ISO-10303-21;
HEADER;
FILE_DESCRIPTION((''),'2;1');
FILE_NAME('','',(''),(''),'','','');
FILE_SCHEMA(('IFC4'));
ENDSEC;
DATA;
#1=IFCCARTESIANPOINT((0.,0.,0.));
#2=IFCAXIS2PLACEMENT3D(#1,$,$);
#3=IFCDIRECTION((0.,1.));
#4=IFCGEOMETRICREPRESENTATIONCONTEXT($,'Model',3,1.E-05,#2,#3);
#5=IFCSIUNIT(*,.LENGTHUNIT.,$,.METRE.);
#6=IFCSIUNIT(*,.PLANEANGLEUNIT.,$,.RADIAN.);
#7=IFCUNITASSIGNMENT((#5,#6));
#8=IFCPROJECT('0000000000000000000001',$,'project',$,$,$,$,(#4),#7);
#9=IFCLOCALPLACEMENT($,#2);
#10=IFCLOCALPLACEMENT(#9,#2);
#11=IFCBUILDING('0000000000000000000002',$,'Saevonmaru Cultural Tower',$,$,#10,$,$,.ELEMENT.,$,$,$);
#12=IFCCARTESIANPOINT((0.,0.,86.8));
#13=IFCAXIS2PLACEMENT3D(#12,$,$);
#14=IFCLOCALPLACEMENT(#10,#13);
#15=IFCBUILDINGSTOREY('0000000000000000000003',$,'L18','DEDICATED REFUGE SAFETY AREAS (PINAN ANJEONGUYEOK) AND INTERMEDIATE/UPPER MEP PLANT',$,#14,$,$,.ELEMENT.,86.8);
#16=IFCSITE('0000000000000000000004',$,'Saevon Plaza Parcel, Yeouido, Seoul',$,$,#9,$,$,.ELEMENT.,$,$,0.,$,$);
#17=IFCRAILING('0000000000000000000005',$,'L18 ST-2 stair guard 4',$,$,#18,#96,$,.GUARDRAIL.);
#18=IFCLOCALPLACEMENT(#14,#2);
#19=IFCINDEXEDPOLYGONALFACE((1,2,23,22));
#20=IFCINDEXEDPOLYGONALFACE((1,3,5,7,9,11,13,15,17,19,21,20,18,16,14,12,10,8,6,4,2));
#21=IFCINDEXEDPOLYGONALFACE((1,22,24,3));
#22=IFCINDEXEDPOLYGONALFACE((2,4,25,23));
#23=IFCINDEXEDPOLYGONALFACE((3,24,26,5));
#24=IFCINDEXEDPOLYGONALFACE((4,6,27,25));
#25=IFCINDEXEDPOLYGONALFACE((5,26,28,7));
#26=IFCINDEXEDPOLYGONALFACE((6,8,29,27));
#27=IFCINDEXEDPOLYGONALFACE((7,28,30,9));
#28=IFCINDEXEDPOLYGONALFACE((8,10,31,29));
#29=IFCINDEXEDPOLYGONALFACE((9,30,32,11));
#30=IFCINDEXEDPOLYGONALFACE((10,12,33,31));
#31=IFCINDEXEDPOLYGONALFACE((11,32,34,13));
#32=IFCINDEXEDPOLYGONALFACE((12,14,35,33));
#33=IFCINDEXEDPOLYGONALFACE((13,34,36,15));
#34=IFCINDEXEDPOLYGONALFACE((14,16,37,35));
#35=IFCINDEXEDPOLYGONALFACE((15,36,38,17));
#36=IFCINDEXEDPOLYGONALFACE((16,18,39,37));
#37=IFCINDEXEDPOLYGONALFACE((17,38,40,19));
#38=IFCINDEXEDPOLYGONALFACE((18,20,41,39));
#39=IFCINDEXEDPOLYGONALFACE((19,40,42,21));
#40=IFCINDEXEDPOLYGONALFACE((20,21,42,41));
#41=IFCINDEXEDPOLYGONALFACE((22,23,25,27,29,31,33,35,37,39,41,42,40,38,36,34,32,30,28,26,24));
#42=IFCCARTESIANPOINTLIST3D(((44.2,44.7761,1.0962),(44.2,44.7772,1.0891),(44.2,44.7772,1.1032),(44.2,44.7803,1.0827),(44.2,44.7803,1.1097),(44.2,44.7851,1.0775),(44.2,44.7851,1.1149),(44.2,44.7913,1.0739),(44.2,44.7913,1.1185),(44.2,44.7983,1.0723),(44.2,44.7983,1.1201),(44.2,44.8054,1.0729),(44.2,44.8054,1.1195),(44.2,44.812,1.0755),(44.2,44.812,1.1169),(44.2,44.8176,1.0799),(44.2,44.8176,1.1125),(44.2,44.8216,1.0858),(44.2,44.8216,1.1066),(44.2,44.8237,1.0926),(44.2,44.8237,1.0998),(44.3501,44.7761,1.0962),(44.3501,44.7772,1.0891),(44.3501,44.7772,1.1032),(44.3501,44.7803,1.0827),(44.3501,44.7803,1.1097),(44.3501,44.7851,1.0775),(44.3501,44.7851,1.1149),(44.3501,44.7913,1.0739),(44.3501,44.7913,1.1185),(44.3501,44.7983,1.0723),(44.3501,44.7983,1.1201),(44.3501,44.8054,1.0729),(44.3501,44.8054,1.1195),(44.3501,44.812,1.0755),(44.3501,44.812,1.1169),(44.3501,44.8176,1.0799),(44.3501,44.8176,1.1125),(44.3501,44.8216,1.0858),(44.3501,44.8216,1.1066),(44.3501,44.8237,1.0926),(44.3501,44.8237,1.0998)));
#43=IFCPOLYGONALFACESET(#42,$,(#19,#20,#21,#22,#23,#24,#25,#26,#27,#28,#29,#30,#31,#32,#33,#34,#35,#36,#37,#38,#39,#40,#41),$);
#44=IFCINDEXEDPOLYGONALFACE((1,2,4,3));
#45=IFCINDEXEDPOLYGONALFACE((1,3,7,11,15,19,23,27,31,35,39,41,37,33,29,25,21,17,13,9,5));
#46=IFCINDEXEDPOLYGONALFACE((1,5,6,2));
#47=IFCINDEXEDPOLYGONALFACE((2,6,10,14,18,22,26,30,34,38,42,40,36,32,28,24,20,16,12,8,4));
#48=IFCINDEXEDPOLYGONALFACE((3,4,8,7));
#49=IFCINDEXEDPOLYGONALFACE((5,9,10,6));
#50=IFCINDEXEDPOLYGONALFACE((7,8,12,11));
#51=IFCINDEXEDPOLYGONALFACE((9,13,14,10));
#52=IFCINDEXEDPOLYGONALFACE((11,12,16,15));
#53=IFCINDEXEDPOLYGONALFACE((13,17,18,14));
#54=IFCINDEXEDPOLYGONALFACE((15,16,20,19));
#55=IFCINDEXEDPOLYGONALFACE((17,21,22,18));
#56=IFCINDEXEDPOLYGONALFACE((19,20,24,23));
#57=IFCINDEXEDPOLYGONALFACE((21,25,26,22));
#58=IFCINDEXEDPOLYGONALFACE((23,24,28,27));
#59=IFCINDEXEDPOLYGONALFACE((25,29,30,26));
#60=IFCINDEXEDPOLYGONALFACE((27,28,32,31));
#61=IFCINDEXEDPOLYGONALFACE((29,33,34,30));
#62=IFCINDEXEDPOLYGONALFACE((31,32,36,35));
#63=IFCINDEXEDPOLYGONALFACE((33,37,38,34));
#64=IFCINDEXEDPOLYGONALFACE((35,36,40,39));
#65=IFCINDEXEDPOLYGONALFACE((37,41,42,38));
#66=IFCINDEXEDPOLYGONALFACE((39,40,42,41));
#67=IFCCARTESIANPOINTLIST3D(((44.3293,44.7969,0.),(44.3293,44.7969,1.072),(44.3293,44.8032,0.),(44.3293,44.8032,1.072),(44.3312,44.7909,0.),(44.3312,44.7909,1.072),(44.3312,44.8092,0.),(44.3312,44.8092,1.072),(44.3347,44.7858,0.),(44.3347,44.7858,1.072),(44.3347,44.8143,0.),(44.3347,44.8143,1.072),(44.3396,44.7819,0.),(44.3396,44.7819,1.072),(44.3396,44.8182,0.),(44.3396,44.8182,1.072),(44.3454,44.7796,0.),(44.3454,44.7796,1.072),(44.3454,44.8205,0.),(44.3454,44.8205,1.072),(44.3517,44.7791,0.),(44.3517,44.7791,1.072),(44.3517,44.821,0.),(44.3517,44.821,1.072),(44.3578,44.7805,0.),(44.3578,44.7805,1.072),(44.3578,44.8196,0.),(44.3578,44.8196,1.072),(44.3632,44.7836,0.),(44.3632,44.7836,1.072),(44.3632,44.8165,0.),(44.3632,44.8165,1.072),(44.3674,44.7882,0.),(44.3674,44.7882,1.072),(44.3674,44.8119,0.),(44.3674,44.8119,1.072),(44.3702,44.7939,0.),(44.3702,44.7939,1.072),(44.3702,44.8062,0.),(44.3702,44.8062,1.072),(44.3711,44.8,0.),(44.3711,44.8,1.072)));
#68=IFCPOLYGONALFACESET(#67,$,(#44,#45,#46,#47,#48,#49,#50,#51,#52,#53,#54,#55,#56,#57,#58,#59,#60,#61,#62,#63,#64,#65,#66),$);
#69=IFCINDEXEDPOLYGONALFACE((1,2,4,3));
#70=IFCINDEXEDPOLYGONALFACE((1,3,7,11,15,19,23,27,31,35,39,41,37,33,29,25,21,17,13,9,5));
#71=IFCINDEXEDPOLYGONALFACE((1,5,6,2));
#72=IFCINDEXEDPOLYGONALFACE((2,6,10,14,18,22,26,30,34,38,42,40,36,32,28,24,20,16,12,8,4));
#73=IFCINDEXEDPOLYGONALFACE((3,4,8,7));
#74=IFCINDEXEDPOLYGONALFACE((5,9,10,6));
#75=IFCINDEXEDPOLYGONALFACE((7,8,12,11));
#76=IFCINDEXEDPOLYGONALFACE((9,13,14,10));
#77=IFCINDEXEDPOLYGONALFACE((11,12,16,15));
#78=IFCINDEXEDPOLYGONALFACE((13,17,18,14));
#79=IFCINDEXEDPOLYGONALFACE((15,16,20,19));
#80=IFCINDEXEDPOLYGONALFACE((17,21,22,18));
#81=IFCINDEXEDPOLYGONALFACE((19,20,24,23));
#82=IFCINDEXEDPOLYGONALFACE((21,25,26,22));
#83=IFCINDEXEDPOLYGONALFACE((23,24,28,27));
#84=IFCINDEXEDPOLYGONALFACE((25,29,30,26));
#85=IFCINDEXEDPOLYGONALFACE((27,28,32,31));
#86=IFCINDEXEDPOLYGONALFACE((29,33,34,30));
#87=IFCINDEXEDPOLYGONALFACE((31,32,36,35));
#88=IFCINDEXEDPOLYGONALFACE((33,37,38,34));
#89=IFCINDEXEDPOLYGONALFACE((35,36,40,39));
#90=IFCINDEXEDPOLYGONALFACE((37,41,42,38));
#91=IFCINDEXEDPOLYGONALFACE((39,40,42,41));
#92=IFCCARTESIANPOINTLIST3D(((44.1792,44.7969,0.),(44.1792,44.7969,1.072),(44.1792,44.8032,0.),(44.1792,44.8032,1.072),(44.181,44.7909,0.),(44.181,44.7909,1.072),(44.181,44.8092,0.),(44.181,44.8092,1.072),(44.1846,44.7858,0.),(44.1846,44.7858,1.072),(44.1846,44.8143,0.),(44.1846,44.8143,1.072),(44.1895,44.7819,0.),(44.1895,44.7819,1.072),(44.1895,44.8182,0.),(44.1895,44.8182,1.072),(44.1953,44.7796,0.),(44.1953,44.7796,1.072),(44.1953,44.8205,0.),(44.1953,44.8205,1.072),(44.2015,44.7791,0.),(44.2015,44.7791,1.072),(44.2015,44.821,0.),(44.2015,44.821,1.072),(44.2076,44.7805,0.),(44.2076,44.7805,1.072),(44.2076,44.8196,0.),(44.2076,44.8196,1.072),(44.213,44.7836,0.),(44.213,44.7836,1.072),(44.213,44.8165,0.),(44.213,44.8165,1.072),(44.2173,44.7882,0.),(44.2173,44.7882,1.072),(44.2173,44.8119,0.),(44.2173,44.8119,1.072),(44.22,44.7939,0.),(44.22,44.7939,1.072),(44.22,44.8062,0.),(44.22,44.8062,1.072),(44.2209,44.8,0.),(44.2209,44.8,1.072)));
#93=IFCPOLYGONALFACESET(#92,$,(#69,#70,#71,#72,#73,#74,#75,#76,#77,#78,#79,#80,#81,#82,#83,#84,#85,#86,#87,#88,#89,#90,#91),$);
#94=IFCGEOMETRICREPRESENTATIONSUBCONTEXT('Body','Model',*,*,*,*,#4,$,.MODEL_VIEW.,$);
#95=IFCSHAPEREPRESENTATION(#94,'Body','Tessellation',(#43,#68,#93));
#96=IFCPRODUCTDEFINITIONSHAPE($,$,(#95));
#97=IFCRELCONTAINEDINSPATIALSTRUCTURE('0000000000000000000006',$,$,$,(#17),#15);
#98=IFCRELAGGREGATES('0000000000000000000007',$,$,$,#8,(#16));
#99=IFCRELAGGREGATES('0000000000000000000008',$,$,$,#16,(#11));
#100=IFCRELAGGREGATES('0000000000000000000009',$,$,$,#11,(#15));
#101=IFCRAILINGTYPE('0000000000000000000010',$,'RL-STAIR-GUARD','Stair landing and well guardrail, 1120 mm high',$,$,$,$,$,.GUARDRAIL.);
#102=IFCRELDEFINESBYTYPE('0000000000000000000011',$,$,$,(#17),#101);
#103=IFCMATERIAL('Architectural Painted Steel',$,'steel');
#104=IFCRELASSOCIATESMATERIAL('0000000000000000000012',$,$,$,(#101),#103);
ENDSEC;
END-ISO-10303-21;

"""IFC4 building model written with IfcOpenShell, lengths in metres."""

from ifc_helpers import new_model, si_unit, direction, frame, origin, origin_2d, place, context, subcontext, project, spatial, circle, extrude, material, type_object, element, save


model = new_model("IFC4")

# Units and contexts
model_context = context("Model", 3, precision=1e-05, world=origin(), true_north=direction((0.0, 1.0)))
body_context = subcontext(model_context, "Body", "Model", "MODEL_VIEW")
ifc_project = project(units=[si_unit("LENGTHUNIT", "METRE"), si_unit("PLANEANGLEUNIT", "RADIAN")], contexts=[model_context])

# Site, building, storey
site_placement = place(None, origin())
site = spatial("IfcSite", under=ifc_project, at=site_placement, Name="Saevon Plaza Parcel, Yeouido, Seoul", CompositionType="ELEMENT", RefElevation=0.0)
building_placement = place(site_placement, origin())
building = spatial("IfcBuilding", under=site, at=building_placement, Name="Saevonmaru Cultural Tower", CompositionType="ELEMENT")
storey_placement = place(building_placement, frame((0.0, 0.0, 86.8)))
storey = spatial("IfcBuildingStorey", under=building, at=storey_placement, Name="L18", Description="DEDICATED REFUGE SAFETY AREAS (PINAN ANJEONGUYEOK) AND INTERMEDIATE/UPPER MEP PLANT", CompositionType="ELEMENT", Elevation=86.8)

# Railing
ifc_material_1 = material(Name="Architectural Painted Steel", Category="steel")
railing_type_1 = type_object("IfcRailingType", Name="RL-STAIR-GUARD", Description="Stair landing and well guardrail, 1120 mm high", PredefinedType="GUARDRAIL", material=ifc_material_1)
railing_1_placement = place(storey_placement, frame((44.3501, 44.8, 0.0)))
element("IfcRailing", 1, at=railing_1_placement, inside=storey, type_object=railing_type_1, Name="L18 ST-2 stair guard 4", PredefinedType="GUARDRAIL", context=body_context, shape_type="SweptSolid", body=[
    extrude(circle(Radius=0.0239, at=origin_2d()), frame((0.0, 0.0, 1.0962), z_axis=(-1.0, 0.0, 0.0), x_axis=(0.0, -1.0, 0.0)), (0.0, 0.0, 1.0), 0.1501),
    extrude(circle(Radius=0.021, at=origin_2d()), origin(), (0.0, 0.0, 1.0), 1.072),
    extrude(circle(Radius=0.021, at=origin_2d()), frame((-0.1501, 0.0, 0.0)), (0.0, 0.0, 1.0), 1.072),
])

save(model, "model.ifc")
